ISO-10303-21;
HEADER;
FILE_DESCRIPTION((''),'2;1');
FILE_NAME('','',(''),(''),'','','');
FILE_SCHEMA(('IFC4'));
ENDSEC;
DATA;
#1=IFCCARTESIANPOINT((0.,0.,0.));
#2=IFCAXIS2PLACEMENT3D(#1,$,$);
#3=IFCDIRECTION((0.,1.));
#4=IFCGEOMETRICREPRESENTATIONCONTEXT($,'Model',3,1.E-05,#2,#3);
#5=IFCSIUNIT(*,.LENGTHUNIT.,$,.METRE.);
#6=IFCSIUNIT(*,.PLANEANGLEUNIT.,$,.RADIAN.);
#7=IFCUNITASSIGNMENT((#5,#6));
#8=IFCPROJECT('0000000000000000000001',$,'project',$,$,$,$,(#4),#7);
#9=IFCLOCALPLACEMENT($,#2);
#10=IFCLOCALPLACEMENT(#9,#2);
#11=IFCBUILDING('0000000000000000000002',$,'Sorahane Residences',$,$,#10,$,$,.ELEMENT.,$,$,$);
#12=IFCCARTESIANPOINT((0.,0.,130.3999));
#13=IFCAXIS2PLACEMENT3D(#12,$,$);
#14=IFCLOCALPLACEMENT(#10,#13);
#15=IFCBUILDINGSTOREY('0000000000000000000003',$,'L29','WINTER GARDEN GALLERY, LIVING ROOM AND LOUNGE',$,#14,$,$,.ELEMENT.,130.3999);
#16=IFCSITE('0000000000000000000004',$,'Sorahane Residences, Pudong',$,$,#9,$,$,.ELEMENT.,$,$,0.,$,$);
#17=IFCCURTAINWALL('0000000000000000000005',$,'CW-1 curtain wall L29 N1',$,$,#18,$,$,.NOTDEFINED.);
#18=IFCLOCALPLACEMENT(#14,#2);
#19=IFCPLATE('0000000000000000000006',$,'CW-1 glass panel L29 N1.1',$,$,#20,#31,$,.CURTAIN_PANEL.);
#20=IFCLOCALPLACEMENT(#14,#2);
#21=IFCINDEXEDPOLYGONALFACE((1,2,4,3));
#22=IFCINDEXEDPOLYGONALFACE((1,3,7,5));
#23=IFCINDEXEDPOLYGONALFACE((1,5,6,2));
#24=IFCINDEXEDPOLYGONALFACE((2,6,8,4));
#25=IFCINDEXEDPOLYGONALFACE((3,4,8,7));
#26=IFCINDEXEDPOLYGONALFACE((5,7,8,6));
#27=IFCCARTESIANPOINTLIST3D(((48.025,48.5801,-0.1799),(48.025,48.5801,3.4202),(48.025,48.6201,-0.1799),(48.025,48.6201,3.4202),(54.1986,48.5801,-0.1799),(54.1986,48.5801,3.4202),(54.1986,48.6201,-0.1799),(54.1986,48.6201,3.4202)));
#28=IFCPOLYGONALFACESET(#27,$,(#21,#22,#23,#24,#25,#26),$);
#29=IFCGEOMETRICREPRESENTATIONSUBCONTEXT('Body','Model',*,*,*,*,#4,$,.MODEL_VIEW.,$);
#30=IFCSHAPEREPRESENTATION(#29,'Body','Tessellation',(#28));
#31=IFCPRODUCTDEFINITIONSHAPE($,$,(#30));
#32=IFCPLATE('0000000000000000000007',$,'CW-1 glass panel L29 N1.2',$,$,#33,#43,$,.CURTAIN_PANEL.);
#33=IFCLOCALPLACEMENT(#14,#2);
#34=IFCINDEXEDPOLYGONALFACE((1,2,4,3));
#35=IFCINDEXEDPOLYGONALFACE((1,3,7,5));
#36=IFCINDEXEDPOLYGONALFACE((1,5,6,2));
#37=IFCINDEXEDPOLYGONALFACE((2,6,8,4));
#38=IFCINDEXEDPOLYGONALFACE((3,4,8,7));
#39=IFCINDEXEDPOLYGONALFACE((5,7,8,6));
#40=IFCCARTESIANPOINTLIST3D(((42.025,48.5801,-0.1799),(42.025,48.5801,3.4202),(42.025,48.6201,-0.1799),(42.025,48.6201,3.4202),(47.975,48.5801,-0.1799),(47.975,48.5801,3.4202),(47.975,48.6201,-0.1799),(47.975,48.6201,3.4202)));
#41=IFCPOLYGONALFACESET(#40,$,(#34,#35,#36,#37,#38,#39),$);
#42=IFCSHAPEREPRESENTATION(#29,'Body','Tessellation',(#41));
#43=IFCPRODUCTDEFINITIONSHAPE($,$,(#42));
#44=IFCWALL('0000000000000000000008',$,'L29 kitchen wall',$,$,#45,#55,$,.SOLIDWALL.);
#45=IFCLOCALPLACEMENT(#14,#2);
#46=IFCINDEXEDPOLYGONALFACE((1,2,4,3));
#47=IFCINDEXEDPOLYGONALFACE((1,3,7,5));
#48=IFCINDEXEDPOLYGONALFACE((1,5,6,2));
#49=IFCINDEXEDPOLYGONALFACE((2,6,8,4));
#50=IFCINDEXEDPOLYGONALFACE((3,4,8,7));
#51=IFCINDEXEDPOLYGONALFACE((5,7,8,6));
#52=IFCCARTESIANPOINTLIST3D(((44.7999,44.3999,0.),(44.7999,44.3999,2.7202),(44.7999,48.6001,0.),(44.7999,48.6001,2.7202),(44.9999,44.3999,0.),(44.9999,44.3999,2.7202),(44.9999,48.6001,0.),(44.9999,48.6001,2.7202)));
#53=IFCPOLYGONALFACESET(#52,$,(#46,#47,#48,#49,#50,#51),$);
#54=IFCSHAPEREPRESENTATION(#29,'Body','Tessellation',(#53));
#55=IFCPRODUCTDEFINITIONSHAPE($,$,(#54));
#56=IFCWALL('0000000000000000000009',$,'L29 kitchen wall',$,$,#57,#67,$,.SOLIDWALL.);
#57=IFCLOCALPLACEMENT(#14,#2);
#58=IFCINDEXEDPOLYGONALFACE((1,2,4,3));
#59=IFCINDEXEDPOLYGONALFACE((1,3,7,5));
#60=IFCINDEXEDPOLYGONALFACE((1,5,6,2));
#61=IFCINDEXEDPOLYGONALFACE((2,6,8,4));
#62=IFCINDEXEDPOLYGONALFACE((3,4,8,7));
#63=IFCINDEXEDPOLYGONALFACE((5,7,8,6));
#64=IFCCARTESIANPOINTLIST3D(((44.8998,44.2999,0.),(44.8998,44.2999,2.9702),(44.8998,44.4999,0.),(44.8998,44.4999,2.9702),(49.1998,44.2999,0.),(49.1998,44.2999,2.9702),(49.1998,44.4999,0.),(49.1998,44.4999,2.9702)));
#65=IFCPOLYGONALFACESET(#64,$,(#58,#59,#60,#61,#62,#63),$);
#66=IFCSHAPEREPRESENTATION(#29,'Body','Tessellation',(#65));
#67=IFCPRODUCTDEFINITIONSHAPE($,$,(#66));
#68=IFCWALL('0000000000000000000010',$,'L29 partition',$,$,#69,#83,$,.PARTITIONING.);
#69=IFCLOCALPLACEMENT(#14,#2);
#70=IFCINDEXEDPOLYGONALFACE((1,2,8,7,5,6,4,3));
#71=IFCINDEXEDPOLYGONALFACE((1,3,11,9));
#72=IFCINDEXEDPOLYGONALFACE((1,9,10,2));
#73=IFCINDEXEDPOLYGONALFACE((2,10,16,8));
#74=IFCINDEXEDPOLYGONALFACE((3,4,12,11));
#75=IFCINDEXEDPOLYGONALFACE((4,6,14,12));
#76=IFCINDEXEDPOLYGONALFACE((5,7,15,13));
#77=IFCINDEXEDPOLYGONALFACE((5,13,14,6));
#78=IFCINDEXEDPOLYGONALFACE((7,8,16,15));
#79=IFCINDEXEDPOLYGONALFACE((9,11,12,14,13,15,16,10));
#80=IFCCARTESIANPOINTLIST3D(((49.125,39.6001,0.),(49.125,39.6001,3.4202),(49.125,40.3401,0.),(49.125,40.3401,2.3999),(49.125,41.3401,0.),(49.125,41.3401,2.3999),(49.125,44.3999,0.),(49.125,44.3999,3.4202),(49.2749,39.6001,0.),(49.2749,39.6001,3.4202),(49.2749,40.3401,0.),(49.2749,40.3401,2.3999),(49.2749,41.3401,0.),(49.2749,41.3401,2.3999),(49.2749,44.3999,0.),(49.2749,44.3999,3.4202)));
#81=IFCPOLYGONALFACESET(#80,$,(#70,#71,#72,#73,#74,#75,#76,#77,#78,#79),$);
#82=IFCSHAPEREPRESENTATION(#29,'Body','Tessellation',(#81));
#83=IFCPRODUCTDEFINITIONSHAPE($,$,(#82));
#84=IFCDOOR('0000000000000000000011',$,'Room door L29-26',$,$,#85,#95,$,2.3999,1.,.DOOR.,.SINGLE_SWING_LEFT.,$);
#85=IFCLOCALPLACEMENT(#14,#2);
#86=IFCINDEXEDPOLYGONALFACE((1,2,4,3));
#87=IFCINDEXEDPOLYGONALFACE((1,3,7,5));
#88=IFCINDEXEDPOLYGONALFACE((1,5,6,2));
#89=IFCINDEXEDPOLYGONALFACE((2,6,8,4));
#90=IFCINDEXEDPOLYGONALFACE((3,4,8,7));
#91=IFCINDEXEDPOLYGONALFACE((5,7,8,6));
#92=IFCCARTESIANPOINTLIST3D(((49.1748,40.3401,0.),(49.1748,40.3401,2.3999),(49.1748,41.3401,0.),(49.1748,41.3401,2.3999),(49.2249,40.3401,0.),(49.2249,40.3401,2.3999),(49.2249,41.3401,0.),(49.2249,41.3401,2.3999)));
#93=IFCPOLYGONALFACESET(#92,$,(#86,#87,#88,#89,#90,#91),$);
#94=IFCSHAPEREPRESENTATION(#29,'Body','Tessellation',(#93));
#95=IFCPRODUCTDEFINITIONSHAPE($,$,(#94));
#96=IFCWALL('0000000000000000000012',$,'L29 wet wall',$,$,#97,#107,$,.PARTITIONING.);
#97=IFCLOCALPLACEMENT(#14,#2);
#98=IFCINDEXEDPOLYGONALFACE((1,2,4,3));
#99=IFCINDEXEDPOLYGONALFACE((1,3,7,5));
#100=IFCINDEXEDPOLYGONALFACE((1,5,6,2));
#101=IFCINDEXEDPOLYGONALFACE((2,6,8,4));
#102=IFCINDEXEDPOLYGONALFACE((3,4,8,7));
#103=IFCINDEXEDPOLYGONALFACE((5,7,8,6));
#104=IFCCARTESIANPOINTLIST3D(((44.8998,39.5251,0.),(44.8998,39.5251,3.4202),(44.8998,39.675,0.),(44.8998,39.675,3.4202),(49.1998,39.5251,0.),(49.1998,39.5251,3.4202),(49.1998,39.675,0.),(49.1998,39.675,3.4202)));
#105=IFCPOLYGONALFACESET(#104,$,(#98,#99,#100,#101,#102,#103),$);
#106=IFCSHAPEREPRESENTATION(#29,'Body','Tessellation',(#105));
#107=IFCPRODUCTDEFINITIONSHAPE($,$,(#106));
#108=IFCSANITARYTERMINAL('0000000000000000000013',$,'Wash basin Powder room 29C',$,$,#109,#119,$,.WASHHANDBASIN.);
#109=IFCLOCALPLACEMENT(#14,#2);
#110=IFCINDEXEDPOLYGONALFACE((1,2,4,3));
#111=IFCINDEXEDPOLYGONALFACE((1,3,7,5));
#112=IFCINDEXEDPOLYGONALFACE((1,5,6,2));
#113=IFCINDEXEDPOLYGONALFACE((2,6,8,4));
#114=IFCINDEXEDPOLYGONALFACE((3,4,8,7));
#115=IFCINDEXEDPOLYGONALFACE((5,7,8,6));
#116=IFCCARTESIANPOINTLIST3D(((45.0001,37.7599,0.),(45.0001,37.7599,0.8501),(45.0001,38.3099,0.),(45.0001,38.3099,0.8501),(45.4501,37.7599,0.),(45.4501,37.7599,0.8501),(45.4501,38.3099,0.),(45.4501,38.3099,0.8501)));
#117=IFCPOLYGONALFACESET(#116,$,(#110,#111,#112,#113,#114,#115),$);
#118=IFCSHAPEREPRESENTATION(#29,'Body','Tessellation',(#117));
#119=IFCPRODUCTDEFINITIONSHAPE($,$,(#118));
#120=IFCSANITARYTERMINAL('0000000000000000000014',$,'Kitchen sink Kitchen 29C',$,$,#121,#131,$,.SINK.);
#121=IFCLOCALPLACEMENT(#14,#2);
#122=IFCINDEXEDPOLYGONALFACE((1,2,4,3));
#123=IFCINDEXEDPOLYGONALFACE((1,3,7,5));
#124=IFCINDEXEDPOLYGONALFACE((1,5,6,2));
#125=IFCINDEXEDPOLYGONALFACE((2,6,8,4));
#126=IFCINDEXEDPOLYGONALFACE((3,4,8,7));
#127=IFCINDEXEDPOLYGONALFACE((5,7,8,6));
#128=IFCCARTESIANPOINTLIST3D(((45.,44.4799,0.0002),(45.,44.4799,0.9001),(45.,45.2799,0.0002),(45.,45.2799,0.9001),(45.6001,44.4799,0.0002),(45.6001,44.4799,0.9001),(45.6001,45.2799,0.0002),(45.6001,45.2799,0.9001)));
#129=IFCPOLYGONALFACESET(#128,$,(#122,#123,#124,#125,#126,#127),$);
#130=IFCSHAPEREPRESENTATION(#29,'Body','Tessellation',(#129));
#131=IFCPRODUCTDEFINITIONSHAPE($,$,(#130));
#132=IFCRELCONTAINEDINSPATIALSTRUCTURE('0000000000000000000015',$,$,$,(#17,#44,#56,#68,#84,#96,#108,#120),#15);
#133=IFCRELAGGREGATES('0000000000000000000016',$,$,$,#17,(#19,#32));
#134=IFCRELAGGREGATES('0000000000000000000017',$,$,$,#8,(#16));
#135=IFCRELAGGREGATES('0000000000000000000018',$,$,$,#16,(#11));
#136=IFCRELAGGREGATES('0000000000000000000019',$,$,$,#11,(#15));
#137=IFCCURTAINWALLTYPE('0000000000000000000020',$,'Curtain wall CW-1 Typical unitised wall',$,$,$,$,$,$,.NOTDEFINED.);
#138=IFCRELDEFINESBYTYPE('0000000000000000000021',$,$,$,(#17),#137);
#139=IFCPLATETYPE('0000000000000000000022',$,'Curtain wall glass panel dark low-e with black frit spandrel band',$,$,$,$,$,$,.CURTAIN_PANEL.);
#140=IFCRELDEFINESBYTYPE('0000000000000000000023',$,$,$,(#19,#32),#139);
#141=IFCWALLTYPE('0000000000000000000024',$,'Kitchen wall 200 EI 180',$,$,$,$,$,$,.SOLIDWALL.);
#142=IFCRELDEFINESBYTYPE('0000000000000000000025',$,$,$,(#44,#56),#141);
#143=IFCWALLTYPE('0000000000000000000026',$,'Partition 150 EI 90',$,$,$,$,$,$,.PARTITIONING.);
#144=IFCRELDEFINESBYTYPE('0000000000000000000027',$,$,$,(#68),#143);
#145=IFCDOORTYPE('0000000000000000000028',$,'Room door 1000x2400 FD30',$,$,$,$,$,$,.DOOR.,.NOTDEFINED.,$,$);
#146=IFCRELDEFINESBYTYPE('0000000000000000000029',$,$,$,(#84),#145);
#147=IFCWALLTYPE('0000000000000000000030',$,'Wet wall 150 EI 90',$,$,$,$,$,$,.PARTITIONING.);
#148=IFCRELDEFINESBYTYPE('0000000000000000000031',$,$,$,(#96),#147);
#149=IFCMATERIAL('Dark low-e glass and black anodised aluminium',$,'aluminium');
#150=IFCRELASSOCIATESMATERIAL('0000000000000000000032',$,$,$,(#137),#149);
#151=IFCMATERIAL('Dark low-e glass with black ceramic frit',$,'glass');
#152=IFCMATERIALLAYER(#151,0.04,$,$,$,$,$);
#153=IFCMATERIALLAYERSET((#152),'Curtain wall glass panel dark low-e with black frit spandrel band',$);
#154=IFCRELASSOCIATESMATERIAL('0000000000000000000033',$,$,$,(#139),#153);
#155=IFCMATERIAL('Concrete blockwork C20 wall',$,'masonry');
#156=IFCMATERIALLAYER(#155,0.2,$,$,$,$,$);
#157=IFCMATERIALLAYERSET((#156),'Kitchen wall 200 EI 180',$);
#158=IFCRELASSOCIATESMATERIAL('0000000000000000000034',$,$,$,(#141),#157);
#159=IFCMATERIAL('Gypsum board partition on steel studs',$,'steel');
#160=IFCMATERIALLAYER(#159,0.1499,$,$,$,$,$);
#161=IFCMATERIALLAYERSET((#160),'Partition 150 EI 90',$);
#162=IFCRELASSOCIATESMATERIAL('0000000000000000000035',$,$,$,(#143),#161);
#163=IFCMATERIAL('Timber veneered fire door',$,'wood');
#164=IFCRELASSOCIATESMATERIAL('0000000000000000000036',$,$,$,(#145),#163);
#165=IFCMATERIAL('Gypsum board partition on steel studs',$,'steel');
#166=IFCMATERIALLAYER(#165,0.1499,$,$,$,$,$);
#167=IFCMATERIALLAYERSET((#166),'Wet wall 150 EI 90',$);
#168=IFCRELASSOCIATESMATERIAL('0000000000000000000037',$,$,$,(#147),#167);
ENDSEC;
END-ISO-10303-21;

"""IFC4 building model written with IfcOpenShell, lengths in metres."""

from ifc_helpers import new_model, si_unit, direction, frame, frame_2d, origin, origin_2d, place, context, subcontext, project, spatial, rectangle, extrude, material, layer, layer_set, type_object, element, fill, aggregate, save


model = new_model("IFC4")

# Units and contexts
model_context = context("Model", 3, precision=1e-05, world=origin(), true_north=direction((0.0, 1.0)))
body_context = subcontext(model_context, "Body", "Model", "MODEL_VIEW")
ifc_project = project(units=[si_unit("LENGTHUNIT", "METRE"), si_unit("PLANEANGLEUNIT", "RADIAN")], contexts=[model_context])

# Site, building, storey
site_placement = place(None, origin())
site = spatial("IfcSite", under=ifc_project, at=site_placement, Name="Sorahane Residences, Pudong", CompositionType="ELEMENT", RefElevation=0.0)
building_placement = place(site_placement, origin())
building = spatial("IfcBuilding", under=site, at=building_placement, Name="Sorahane Residences", CompositionType="ELEMENT")
storey_placement = place(building_placement, frame((0.0, 0.0, 130.3999)))
storey = spatial("IfcBuildingStorey", under=building, at=storey_placement, Name="L29", Description="WINTER GARDEN GALLERY, LIVING ROOM AND LOUNGE", CompositionType="ELEMENT", Elevation=130.3999)

# Curtain wall
ifc_material_1 = material(Name="Dark low-e glass and black anodised aluminium", Category="aluminium")
curtain_wall_type_1 = type_object("IfcCurtainWallType", Name="Curtain wall CW-1 Typical unitised wall", PredefinedType="NOTDEFINED", material=ifc_material_1)
curtain_wall_1_placement = place(storey_placement, origin())
curtain_wall_1 = element("IfcCurtainWall", 1, at=curtain_wall_1_placement, inside=storey, type_object=curtain_wall_type_1, Name="CW-1 curtain wall L29 N1", PredefinedType="NOTDEFINED")

# Plates
ifc_material_2 = material(Name="Dark low-e glass with black ceramic frit", Category="glass")
ifc_layer_1 = layer(ifc_material_2, 0.04)
ifc_layer_set_1 = layer_set([ifc_layer_1], Name="Curtain wall glass panel dark low-e with black frit spandrel band")
plate_type = type_object("IfcPlateType", Name="Curtain wall glass panel dark low-e with black frit spandrel band", PredefinedType="CURTAIN_PANEL", material=ifc_layer_set_1)
plate_1_placement = place(storey_placement, frame((51.1118, 48.6001, -0.1799), z_axis=(0.0, 0.0, 1.0), x_axis=(-1.0, 0.0, 0.0)))
plate_1 = element("IfcPlate", 2, at=plate_1_placement, type_object=plate_type, Name="CW-1 glass panel L29 N1.1", PredefinedType="CURTAIN_PANEL", context=body_context, shape_type="SweptSolid", body=[
    extrude(rectangle(XDim=6.1736, YDim=0.04, at=origin_2d()), origin(), (0.0, 0.0, 1.0), 3.6001),
])
plate_2_placement = place(storey_placement, frame((45.0, 48.6001, -0.1799), z_axis=(0.0, 0.0, 1.0), x_axis=(-1.0, 0.0, 0.0)))
plate_2 = element("IfcPlate", 3, at=plate_2_placement, type_object=plate_type, Name="CW-1 glass panel L29 N1.2", PredefinedType="CURTAIN_PANEL", context=body_context, shape_type="SweptSolid", body=[
    extrude(rectangle(XDim=5.95, YDim=0.04, at=origin_2d()), origin(), (0.0, 0.0, 1.0), 3.6001),
])
aggregate(curtain_wall_1, [plate_1, plate_2])

# Wall
ifc_material_3 = material(Name="Concrete blockwork C20 wall", Category="masonry")
ifc_layer_2 = layer(ifc_material_3, 0.2)
ifc_layer_set_2 = layer_set([ifc_layer_2], Name="Kitchen wall 200 EI 180")
wall_type_1 = type_object("IfcWallType", Name="Kitchen wall 200 EI 180", PredefinedType="SOLIDWALL", material=ifc_layer_set_2)
wall_1_placement = place(storey_placement, frame((44.8999, 44.3999, 0.0), z_axis=(0.0, 0.0, 1.0), x_axis=(0.0, 1.0, 0.0)))
element("IfcWall", 4, at=wall_1_placement, inside=storey, type_object=wall_type_1, Name="L29 kitchen wall", PredefinedType="SOLIDWALL", context=body_context, shape_type="SweptSolid", body=[
    extrude(rectangle(XDim=4.2002, YDim=0.2, at=frame_2d((2.1001, 0.0))), origin(), (0.0, 0.0, 1.0), 2.7202),
])

# Wall
wall_2_placement = place(storey_placement, frame((44.8999, 44.3999, 0.0), z_axis=(0.0, 0.0, 1.0), x_axis=(1.0, 0.0, 0.0)))
element("IfcWall", 5, at=wall_2_placement, inside=storey, type_object=wall_type_1, Name="L29 kitchen wall", PredefinedType="SOLIDWALL", context=body_context, shape_type="SweptSolid", body=[
    extrude(rectangle(XDim=4.3, YDim=0.2, at=frame_2d((2.1499, 0.0))), origin(), (0.0, 0.0, 1.0), 2.9702),
])

# Wall, opening, door
ifc_material_4 = material(Name="Gypsum board partition on steel studs", Category="steel")
ifc_layer_3 = layer(ifc_material_4, 0.1499)
ifc_layer_set_3 = layer_set([ifc_layer_3], Name="Partition 150 EI 90")
wall_type_2 = type_object("IfcWallType", Name="Partition 150 EI 90", PredefinedType="PARTITIONING", material=ifc_layer_set_3)
wall_3_placement = place(storey_placement, frame((49.2, 39.6001, 0.0), z_axis=(0.0, 0.0, 1.0), x_axis=(0.0, 1.0, 0.0)))
wall_3 = element("IfcWall", 6, at=wall_3_placement, inside=storey, type_object=wall_type_2, Name="L29 partition", PredefinedType="PARTITIONING", context=body_context, shape_type="SweptSolid", body=[
    extrude(rectangle(XDim=4.7998, YDim=0.1499, at=frame_2d((2.3999, 0.0))), origin(), (0.0, 0.0, 1.0), 3.4202),
])
opening_1_placement = place(wall_3_placement, frame((0.74, 0.0, 0.0)))
opening_1 = element("IfcOpeningElement", 7, at=opening_1_placement, cuts=wall_3, PredefinedType="OPENING", context=body_context, shape_type="SweptSolid", body=[
    extrude(rectangle(XDim=1.0, YDim=2.3999, at=frame_2d((0.5, 1.2))), frame((0.0, 0.085, 0.0), z_axis=(0.0, -1.0, 0.0), x_axis=(1.0, 0.0, 0.0)), (0.0, 0.0, 1.0), 0.1699),
])
ifc_material_5 = material(Name="Timber veneered fire door", Category="wood")
door_type_1 = type_object("IfcDoorType", Name="Room door 1000x2400 FD30", OperationType="NOTDEFINED", PredefinedType="DOOR", material=ifc_material_5)
door_1_placement = place(opening_1_placement, frame((1.0, 0.0, 0.0), z_axis=(0.0, 0.0, 1.0), x_axis=(-1.0, 0.0, 0.0)))
door_1 = element("IfcDoor", 8, at=door_1_placement, inside=storey, type_object=door_type_1, Name="Room door L29-26", OperationType="SINGLE_SWING_LEFT", OverallHeight=2.3999, OverallWidth=1.0, PredefinedType="DOOR", context=body_context, shape_type="SweptSolid", body=[
    extrude(rectangle(XDim=1.0, YDim=2.3999, at=frame_2d((0.5, 1.2))), frame((0.0, 0.0249, 0.0), z_axis=(0.0, -1.0, 0.0), x_axis=(1.0, 0.0, 0.0)), (0.0, 0.0, 1.0), 0.05),
])
fill(opening_1, door_1)

# Wall
ifc_material_6 = material(Name="Gypsum board partition on steel studs", Category="steel")
ifc_layer_4 = layer(ifc_material_6, 0.1499)
ifc_layer_set_4 = layer_set([ifc_layer_4], Name="Wet wall 150 EI 90")
wall_type_3 = type_object("IfcWallType", Name="Wet wall 150 EI 90", PredefinedType="PARTITIONING", material=ifc_layer_set_4)
wall_4_placement = place(storey_placement, frame((44.8999, 39.6001, 0.0), z_axis=(0.0, 0.0, 1.0), x_axis=(1.0, 0.0, 0.0)))
element("IfcWall", 9, at=wall_4_placement, inside=storey, type_object=wall_type_3, Name="L29 wet wall", PredefinedType="PARTITIONING", context=body_context, shape_type="SweptSolid", body=[
    extrude(rectangle(XDim=4.3, YDim=0.1499, at=frame_2d((2.1499, 0.0))), origin(), (0.0, 0.0, 1.0), 3.4202),
])

# Sanitary terminals
sanitary_terminal_1_placement = place(storey_placement, frame((45.2251, 38.0349, 0.0), z_axis=(0.0, 0.0, 1.0), x_axis=(0.0, 1.0, 0.0)))
element("IfcSanitaryTerminal", 10, at=sanitary_terminal_1_placement, inside=storey, Name="Wash basin Powder room 29C", PredefinedType="WASHHANDBASIN", context=body_context, shape_type="SweptSolid", body=[
    extrude(rectangle(XDim=0.55, YDim=0.45, at=origin_2d()), origin(), (0.0, 0.0, 1.0), 0.8501),
])
sanitary_terminal_2_placement = place(storey_placement, frame((45.3, 44.8799, 0.0002), z_axis=(0.0, 0.0, 1.0), x_axis=(0.0, 1.0, 0.0)))
element("IfcSanitaryTerminal", 11, at=sanitary_terminal_2_placement, inside=storey, Name="Kitchen sink Kitchen 29C", PredefinedType="SINK", context=body_context, shape_type="SweptSolid", body=[
    extrude(rectangle(XDim=0.8, YDim=0.6001, at=origin_2d()), origin(), (0.0, 0.0, 1.0), 0.8999),
])

save(model, "model.ifc")
